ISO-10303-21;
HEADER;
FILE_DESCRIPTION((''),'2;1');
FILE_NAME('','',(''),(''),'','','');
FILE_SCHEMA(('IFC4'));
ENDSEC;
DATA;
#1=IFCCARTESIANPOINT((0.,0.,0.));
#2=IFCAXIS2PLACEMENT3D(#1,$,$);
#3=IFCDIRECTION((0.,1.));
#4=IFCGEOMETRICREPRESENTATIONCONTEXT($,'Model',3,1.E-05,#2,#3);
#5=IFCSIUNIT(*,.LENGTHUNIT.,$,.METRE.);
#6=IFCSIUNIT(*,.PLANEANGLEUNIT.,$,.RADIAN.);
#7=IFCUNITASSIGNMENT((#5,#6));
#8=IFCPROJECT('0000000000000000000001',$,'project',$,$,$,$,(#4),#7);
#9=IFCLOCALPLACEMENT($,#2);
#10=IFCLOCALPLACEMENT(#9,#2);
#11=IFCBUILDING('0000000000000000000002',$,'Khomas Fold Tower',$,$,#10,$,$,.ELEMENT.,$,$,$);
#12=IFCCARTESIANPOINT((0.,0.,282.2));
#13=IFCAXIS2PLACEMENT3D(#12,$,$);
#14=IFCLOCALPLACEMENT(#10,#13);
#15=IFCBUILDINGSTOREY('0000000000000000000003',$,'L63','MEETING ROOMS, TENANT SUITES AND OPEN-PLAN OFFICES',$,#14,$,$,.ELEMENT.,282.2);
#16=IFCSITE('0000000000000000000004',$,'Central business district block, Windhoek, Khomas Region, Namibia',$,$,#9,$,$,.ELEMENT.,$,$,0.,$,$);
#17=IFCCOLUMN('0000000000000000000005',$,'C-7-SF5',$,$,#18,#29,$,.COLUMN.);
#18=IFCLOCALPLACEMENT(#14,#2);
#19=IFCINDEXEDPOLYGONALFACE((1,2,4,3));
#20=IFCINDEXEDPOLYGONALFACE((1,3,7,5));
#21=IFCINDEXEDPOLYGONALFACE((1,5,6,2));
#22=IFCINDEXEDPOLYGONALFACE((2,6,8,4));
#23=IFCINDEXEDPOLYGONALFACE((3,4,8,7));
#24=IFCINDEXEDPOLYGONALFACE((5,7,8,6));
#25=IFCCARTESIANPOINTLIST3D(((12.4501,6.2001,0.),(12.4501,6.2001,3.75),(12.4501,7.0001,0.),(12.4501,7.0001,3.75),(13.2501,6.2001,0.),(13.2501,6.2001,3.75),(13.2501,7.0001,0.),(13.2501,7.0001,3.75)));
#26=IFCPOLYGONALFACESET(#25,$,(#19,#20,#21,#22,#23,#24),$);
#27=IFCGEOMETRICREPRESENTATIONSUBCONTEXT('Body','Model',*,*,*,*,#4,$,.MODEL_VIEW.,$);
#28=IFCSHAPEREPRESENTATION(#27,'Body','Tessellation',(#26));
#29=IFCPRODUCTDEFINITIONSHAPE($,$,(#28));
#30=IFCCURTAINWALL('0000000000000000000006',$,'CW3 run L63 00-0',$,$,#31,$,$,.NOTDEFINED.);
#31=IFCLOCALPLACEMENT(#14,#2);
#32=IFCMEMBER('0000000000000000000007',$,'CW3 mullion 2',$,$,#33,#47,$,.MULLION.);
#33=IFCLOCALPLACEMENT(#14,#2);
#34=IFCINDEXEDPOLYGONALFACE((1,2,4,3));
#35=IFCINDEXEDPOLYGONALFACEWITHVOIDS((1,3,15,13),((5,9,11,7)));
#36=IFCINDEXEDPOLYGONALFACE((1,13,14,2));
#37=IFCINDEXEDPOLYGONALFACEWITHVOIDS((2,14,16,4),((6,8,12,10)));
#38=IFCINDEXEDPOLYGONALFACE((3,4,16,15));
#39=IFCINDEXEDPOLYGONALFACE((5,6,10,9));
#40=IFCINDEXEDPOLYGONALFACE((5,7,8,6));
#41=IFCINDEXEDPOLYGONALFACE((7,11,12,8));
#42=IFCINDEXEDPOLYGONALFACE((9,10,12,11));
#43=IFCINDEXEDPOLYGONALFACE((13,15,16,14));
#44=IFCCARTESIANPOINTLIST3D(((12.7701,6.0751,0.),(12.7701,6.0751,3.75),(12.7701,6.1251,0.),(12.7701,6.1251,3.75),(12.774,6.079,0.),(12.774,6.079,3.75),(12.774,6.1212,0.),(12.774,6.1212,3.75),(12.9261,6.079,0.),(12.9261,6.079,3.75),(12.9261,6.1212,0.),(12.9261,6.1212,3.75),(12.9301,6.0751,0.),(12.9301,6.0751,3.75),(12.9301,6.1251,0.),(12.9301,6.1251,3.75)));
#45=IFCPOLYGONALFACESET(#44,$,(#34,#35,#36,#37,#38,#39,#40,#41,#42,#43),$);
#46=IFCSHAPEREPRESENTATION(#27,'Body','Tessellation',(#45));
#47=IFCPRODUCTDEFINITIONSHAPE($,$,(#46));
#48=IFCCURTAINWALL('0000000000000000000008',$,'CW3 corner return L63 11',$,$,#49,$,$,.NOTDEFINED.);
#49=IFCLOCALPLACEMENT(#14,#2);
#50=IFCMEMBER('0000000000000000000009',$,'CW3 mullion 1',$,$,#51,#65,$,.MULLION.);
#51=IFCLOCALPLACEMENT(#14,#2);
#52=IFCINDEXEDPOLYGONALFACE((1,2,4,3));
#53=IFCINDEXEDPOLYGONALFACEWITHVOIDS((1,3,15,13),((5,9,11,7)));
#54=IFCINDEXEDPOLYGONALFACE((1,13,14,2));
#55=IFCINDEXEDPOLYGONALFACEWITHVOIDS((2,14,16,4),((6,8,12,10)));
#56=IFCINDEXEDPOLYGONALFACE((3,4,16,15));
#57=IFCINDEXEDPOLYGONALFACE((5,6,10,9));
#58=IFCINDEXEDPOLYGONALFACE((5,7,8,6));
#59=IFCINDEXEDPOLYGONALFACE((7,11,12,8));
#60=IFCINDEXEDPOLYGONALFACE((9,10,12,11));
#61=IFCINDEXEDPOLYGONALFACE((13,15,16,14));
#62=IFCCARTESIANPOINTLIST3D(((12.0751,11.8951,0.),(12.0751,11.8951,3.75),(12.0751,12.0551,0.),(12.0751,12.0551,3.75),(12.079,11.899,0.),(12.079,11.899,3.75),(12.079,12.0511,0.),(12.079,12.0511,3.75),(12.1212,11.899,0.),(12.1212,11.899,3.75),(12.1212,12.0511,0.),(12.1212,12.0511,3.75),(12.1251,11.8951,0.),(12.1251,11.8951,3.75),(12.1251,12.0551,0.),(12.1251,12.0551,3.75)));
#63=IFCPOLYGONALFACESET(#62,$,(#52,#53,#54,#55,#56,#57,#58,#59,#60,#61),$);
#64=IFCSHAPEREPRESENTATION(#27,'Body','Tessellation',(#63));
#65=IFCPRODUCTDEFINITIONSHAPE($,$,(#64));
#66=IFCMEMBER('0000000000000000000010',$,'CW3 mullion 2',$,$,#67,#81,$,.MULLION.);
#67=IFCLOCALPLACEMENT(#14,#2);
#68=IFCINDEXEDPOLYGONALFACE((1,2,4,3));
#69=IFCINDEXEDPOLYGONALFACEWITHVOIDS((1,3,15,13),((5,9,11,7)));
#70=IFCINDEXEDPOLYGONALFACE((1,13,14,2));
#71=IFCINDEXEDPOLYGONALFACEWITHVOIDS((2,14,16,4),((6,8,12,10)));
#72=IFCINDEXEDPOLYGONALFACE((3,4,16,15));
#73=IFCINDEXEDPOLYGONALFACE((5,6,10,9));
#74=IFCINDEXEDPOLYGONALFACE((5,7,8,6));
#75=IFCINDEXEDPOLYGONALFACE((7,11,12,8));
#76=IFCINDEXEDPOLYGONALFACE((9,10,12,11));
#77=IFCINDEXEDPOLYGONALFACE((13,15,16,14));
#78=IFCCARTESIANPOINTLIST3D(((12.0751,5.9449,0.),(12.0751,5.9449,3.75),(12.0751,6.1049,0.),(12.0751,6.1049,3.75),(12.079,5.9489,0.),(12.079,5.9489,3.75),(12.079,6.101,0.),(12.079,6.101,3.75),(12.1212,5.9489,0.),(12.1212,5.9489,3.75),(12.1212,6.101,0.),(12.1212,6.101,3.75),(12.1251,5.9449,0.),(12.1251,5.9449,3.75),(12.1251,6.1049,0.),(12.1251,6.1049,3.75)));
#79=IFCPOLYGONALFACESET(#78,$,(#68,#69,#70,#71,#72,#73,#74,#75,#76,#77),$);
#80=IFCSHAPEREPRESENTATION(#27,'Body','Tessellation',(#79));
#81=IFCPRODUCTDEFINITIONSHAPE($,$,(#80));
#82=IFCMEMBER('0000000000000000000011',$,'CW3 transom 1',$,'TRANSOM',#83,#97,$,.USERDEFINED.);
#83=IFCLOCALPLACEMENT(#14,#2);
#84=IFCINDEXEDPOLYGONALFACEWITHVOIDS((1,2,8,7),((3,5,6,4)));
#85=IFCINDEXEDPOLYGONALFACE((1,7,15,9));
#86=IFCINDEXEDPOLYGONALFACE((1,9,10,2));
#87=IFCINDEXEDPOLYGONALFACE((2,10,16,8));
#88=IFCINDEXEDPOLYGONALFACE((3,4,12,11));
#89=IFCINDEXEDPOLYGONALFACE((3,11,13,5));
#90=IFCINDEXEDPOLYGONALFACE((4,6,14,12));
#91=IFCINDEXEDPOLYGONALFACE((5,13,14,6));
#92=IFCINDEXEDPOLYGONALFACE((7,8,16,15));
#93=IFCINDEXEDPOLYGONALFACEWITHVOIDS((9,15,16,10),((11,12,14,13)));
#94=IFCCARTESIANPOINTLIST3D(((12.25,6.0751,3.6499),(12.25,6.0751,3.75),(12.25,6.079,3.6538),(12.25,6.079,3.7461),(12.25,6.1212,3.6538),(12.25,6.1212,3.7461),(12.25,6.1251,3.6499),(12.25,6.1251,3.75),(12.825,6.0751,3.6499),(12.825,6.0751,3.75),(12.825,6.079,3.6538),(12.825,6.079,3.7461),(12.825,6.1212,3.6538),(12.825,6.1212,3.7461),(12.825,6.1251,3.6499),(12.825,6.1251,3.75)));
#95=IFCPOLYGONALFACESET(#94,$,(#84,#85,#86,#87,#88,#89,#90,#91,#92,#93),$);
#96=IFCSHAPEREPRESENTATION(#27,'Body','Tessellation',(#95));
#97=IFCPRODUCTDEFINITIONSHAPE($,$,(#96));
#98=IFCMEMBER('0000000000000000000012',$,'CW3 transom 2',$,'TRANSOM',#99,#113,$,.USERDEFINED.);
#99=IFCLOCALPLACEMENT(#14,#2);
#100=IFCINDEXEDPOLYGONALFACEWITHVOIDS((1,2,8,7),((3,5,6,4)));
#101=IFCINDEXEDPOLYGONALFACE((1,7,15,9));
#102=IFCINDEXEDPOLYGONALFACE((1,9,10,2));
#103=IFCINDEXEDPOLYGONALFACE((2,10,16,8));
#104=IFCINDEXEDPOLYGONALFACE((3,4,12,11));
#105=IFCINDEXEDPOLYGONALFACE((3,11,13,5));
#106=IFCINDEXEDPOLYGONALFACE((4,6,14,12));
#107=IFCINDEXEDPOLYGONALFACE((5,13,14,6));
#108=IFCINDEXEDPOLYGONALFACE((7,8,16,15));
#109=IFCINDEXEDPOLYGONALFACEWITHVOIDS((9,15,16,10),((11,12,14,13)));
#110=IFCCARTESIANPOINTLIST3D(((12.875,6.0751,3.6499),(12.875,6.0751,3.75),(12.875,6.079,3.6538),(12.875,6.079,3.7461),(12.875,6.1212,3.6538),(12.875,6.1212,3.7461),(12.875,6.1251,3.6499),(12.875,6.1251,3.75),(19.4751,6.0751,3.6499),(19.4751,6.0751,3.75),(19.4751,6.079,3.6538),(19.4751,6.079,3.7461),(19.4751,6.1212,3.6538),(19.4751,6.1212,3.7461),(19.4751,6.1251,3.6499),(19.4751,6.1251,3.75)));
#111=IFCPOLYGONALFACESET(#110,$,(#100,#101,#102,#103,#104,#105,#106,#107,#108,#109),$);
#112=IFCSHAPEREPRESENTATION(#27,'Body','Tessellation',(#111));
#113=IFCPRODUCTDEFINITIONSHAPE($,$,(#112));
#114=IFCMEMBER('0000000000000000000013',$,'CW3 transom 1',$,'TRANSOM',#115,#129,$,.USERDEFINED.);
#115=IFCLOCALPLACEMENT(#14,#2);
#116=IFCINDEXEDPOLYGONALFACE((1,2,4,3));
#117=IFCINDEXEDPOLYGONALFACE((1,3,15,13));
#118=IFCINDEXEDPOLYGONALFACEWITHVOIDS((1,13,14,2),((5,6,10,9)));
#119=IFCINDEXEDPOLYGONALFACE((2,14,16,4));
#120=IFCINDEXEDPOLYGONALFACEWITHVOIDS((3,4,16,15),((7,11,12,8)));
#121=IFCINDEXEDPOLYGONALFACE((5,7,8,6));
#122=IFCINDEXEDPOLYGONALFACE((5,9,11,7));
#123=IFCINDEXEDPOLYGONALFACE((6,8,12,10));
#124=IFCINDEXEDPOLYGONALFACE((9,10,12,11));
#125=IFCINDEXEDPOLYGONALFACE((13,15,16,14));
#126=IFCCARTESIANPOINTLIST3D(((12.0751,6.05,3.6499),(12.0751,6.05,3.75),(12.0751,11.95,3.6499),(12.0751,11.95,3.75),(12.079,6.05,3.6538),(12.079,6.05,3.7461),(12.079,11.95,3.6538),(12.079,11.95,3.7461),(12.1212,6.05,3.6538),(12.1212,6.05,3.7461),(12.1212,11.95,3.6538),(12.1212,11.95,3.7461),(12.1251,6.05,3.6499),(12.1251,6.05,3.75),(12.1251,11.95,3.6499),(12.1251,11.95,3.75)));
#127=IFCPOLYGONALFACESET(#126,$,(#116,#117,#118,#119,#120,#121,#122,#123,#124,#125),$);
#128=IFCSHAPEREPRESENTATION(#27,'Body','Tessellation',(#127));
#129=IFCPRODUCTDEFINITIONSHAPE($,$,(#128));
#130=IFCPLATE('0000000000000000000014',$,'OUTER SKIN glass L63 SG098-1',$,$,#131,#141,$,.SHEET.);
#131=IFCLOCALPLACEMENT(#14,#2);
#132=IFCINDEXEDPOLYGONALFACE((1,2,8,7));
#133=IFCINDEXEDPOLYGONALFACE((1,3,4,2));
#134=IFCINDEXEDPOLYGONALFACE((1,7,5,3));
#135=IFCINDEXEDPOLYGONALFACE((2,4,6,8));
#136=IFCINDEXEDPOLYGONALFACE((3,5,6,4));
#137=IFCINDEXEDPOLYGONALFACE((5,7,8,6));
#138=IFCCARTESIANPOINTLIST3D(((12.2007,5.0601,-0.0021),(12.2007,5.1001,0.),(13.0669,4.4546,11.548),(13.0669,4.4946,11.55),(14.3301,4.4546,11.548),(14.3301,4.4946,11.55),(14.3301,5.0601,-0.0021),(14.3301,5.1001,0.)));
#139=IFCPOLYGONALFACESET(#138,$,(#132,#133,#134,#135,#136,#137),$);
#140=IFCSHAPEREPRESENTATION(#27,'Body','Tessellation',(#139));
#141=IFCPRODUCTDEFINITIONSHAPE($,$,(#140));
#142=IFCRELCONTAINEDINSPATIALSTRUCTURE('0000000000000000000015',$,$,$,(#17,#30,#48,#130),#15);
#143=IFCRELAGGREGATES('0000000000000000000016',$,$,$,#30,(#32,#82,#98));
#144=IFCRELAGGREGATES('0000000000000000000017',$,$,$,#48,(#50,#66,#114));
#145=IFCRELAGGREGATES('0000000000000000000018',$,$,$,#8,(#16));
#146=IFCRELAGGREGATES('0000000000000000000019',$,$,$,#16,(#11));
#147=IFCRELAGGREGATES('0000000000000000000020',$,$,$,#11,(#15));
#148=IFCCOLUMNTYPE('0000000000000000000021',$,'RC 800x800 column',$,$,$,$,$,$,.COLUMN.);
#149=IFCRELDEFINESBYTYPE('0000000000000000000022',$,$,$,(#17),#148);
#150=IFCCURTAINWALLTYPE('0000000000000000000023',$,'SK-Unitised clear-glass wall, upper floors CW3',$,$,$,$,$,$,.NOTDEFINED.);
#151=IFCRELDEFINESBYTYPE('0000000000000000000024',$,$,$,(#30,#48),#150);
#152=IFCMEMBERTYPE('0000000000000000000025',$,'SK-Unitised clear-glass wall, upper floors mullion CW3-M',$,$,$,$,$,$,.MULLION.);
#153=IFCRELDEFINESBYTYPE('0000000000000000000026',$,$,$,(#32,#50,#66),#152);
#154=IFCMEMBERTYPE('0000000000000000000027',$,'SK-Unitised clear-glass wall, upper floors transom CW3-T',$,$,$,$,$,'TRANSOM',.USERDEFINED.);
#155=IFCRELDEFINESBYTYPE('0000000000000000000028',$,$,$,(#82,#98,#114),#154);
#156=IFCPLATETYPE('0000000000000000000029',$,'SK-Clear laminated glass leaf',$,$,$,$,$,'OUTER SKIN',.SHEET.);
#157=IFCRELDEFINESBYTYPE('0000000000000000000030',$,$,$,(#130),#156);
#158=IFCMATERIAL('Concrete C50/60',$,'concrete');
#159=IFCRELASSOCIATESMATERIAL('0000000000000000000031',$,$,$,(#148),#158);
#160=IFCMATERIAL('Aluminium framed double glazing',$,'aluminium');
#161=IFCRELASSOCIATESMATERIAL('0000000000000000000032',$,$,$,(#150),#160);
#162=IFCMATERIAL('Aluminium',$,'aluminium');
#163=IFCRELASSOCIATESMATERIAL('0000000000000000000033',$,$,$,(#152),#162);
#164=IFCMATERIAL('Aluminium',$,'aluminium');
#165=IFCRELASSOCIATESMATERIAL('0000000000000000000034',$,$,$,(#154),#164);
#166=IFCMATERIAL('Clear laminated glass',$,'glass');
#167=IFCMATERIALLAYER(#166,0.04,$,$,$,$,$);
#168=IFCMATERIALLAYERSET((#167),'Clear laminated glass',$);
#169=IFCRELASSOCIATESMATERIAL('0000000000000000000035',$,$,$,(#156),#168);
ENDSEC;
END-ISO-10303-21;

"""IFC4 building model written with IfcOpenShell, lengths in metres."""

from ifc_helpers import new_model, si_unit, direction, frame, origin, origin_2d, place, context, subcontext, project, spatial, polyline, rectangle, hollow_rectangle, outline, extrude, source, transform, mapped, material, layer, layer_set, material_profile, profile_set, type_object, element, aggregate, save


model = new_model("IFC4")

# Units and contexts
model_context = context("Model", 3, precision=1e-05, world=origin(), true_north=direction((0.0, 1.0)))
body_context = subcontext(model_context, "Body", "Model", "MODEL_VIEW")
ifc_project = project(units=[si_unit("LENGTHUNIT", "METRE"), si_unit("PLANEANGLEUNIT", "RADIAN")], contexts=[model_context])

# Site, building, storey
site_placement = place(None, origin())
site = spatial("IfcSite", under=ifc_project, at=site_placement, Name="Central business district block, Windhoek, Khomas Region, Namibia", CompositionType="ELEMENT", RefElevation=0.0)
building_placement = place(site_placement, origin())
building = spatial("IfcBuilding", under=site, at=building_placement, Name="Khomas Fold Tower", CompositionType="ELEMENT")
storey_placement = place(building_placement, frame((0.0, 0.0, 282.2)))
storey = spatial("IfcBuildingStorey", under=building, at=storey_placement, Name="L63", Description="MEETING ROOMS, TENANT SUITES AND OPEN-PLAN OFFICES", CompositionType="ELEMENT", Elevation=282.2)

# Column
ifc_material_1 = material(Name="Concrete C50/60", Category="concrete")
ifc_material_profile_1 = material_profile(ifc_material_1, rectangle(XDim=0.8, YDim=0.8, at=origin_2d()), Name="RC 800x800")
ifc_profile_set_1 = profile_set([ifc_material_profile_1], Name="Concrete C50/60")
column_type = type_object("IfcColumnType", Name="RC 800x800 column", PredefinedType="COLUMN", material=ifc_profile_set_1)
shared_shape_1 = source(origin(), body_context, "Body", "SweptSolid", [
    extrude(rectangle(XDim=0.8, YDim=0.8, at=origin_2d()), origin(), (0.0, 0.0, 1.0), 3.75),
])
column_placement = place(storey_placement, frame((12.8501, 6.6001, 0.0), z_axis=(0.0, 0.0, 1.0), x_axis=(1.0, 0.0, 0.0)))
element("IfcColumn", 1, at=column_placement, inside=storey, type_object=column_type, Name="C-7-SF5", PredefinedType="COLUMN", context=body_context, shape_type="MappedRepresentation", body=[
    mapped(shared_shape_1, transform((0.0, 0.0, 0.0))),
])

# Curtain wall, member
ifc_material_2 = material(Name="Aluminium framed double glazing", Category="aluminium")
curtain_wall_type = type_object("IfcCurtainWallType", Name="SK-Unitised clear-glass wall, upper floors CW3", PredefinedType="NOTDEFINED", material=ifc_material_2)
curtain_wall_1_placement = place(storey_placement, origin())
curtain_wall_1 = element("IfcCurtainWall", 2, at=curtain_wall_1_placement, inside=storey, type_object=curtain_wall_type, Name="CW3 run L63 00-0", PredefinedType="NOTDEFINED")
ifc_material_3 = material(Name="Aluminium", Category="aluminium")
ifc_material_profile_2 = material_profile(ifc_material_3, hollow_rectangle(XDim=0.05, YDim=0.1599, WallThickness=0.0039, at=origin_2d()), Name="SK-Unitised clear-glass wall, upper floors mullion CW3-M")
ifc_profile_set_2 = profile_set([ifc_material_profile_2], Name="Aluminium")
member_type_1 = type_object("IfcMemberType", Name="SK-Unitised clear-glass wall, upper floors mullion CW3-M", PredefinedType="MULLION", material=ifc_profile_set_2)
shared_shape_2 = source(origin(), body_context, "Body", "SweptSolid", [
    extrude(hollow_rectangle(XDim=0.05, YDim=0.1599, WallThickness=0.0039, at=origin_2d()), origin(), (0.0, 0.0, 1.0), 3.75),
])
member_1_placement = place(storey_placement, frame((12.8501, 6.1001, 0.0), z_axis=(0.0, 0.0, 1.0), x_axis=(0.0, 1.0, 0.0)))
member_1 = element("IfcMember", 3, at=member_1_placement, type_object=member_type_1, Name="CW3 mullion 2", PredefinedType="MULLION", context=body_context, shape_type="MappedRepresentation", body=[
    mapped(shared_shape_2, transform((0.0, 0.0, 0.0))),
])

# Curtain wall, members
curtain_wall_2_placement = place(storey_placement, origin())
curtain_wall_2 = element("IfcCurtainWall", 4, at=curtain_wall_2_placement, inside=storey, type_object=curtain_wall_type, Name="CW3 corner return L63 11", PredefinedType="NOTDEFINED")
member_2_placement = place(storey_placement, frame((12.1001, 11.9751, 0.0), z_axis=(0.0, 0.0, 1.0), x_axis=(1.0, 0.0, 0.0)))
member_2 = element("IfcMember", 5, at=member_2_placement, type_object=member_type_1, Name="CW3 mullion 1", PredefinedType="MULLION", context=body_context, shape_type="MappedRepresentation", body=[
    mapped(shared_shape_2, transform((0.0, 0.0, 0.0))),
])
member_3_placement = place(storey_placement, frame((12.1001, 6.0249, 0.0), z_axis=(0.0, 0.0, 1.0), x_axis=(1.0, 0.0, 0.0)))
member_3 = element("IfcMember", 6, at=member_3_placement, type_object=member_type_1, Name="CW3 mullion 2", PredefinedType="MULLION", context=body_context, shape_type="MappedRepresentation", body=[
    mapped(shared_shape_2, transform((0.0, 0.0, 0.0))),
])

# Members
ifc_material_4 = material(Name="Aluminium", Category="aluminium")
ifc_material_profile_3 = material_profile(ifc_material_4, hollow_rectangle(XDim=0.05, YDim=0.1001, WallThickness=0.0039, at=origin_2d()), Name="SK-Unitised clear-glass wall, upper floors transom CW3-T")
ifc_profile_set_3 = profile_set([ifc_material_profile_3], Name="Aluminium")
member_type_2 = type_object("IfcMemberType", Name="SK-Unitised clear-glass wall, upper floors transom CW3-T", ElementType="TRANSOM", PredefinedType="USERDEFINED", material=ifc_profile_set_3)
shared_shape_3 = source(origin(), body_context, "Body", "SweptSolid", [
    extrude(hollow_rectangle(XDim=0.05, YDim=0.1001, WallThickness=0.0039, at=origin_2d()), origin(), (0.0, 0.0, 1.0), 0.575),
])
member_4_placement = place(storey_placement, frame((12.25, 6.1001, 3.7), z_axis=(1.0, 0.0, 0.0), x_axis=(0.0, 1.0, 0.0)))
member_4 = element("IfcMember", 7, at=member_4_placement, type_object=member_type_2, Name="CW3 transom 1", ObjectType="TRANSOM", PredefinedType="USERDEFINED", context=body_context, shape_type="MappedRepresentation", body=[
    mapped(shared_shape_3, transform((0.0, 0.0, 0.0))),
])
shared_shape_4 = source(origin(), body_context, "Body", "SweptSolid", [
    extrude(hollow_rectangle(XDim=0.05, YDim=0.1001, WallThickness=0.0039, at=origin_2d()), origin(), (0.0, 0.0, 1.0), 6.6001),
])
member_5_placement = place(storey_placement, frame((12.875, 6.1001, 3.7), z_axis=(1.0, 0.0, 0.0), x_axis=(0.0, 1.0, 0.0)))
member_5 = element("IfcMember", 8, at=member_5_placement, type_object=member_type_2, Name="CW3 transom 2", ObjectType="TRANSOM", PredefinedType="USERDEFINED", context=body_context, shape_type="MappedRepresentation", body=[
    mapped(shared_shape_4, transform((0.0, 0.0, 0.0))),
])
shared_shape_5 = source(origin(), body_context, "Body", "SweptSolid", [
    extrude(hollow_rectangle(XDim=0.05, YDim=0.1001, WallThickness=0.0039, at=origin_2d()), origin(), (0.0, 0.0, 1.0), 5.8999),
])
member_6_placement = place(storey_placement, frame((12.1001, 11.95, 3.7), z_axis=(0.0, -1.0, 0.0), x_axis=(1.0, 0.0, 0.0)))
member_6 = element("IfcMember", 9, at=member_6_placement, type_object=member_type_2, Name="CW3 transom 1", ObjectType="TRANSOM", PredefinedType="USERDEFINED", context=body_context, shape_type="MappedRepresentation", body=[
    mapped(shared_shape_5, transform((0.0, 0.0, 0.0))),
])

# Plate
ifc_material_5 = material(Name="Clear laminated glass", Category="glass")
ifc_layer_1 = layer(ifc_material_5, 0.04)
ifc_layer_set_1 = layer_set([ifc_layer_1], Name="Clear laminated glass")
plate_type_1 = type_object("IfcPlateType", Name="SK-Clear laminated glass leaf", ElementType="OUTER SKIN", PredefinedType="SHEET", material=ifc_layer_set_1)
plate_1_placement = place(storey_placement, frame((12.2007, 5.1001, 0.0), z_axis=(0.0, 0.998629, 0.052349), x_axis=(0.074684, -0.052203, 0.99584)))
element("IfcPlate", 10, at=plate_1_placement, inside=storey, type_object=plate_type_1, Name="OUTER SKIN glass L63 SG098-1", PredefinedType="SHEET", context=body_context, shape_type="SweptSolid", body=[
    extrude(outline(polyline([(0.0, 0.0), (11.5983, 0.0), (11.6926, 1.2597), (0.159, 2.1234), (0.0, 0.0)])), origin(), (0.0, 0.0, -1.0), 0.04),
])

aggregate(curtain_wall_1, [member_1, member_4, member_5])
aggregate(curtain_wall_2, [member_2, member_3, member_6])

save(model, "model.ifc")
